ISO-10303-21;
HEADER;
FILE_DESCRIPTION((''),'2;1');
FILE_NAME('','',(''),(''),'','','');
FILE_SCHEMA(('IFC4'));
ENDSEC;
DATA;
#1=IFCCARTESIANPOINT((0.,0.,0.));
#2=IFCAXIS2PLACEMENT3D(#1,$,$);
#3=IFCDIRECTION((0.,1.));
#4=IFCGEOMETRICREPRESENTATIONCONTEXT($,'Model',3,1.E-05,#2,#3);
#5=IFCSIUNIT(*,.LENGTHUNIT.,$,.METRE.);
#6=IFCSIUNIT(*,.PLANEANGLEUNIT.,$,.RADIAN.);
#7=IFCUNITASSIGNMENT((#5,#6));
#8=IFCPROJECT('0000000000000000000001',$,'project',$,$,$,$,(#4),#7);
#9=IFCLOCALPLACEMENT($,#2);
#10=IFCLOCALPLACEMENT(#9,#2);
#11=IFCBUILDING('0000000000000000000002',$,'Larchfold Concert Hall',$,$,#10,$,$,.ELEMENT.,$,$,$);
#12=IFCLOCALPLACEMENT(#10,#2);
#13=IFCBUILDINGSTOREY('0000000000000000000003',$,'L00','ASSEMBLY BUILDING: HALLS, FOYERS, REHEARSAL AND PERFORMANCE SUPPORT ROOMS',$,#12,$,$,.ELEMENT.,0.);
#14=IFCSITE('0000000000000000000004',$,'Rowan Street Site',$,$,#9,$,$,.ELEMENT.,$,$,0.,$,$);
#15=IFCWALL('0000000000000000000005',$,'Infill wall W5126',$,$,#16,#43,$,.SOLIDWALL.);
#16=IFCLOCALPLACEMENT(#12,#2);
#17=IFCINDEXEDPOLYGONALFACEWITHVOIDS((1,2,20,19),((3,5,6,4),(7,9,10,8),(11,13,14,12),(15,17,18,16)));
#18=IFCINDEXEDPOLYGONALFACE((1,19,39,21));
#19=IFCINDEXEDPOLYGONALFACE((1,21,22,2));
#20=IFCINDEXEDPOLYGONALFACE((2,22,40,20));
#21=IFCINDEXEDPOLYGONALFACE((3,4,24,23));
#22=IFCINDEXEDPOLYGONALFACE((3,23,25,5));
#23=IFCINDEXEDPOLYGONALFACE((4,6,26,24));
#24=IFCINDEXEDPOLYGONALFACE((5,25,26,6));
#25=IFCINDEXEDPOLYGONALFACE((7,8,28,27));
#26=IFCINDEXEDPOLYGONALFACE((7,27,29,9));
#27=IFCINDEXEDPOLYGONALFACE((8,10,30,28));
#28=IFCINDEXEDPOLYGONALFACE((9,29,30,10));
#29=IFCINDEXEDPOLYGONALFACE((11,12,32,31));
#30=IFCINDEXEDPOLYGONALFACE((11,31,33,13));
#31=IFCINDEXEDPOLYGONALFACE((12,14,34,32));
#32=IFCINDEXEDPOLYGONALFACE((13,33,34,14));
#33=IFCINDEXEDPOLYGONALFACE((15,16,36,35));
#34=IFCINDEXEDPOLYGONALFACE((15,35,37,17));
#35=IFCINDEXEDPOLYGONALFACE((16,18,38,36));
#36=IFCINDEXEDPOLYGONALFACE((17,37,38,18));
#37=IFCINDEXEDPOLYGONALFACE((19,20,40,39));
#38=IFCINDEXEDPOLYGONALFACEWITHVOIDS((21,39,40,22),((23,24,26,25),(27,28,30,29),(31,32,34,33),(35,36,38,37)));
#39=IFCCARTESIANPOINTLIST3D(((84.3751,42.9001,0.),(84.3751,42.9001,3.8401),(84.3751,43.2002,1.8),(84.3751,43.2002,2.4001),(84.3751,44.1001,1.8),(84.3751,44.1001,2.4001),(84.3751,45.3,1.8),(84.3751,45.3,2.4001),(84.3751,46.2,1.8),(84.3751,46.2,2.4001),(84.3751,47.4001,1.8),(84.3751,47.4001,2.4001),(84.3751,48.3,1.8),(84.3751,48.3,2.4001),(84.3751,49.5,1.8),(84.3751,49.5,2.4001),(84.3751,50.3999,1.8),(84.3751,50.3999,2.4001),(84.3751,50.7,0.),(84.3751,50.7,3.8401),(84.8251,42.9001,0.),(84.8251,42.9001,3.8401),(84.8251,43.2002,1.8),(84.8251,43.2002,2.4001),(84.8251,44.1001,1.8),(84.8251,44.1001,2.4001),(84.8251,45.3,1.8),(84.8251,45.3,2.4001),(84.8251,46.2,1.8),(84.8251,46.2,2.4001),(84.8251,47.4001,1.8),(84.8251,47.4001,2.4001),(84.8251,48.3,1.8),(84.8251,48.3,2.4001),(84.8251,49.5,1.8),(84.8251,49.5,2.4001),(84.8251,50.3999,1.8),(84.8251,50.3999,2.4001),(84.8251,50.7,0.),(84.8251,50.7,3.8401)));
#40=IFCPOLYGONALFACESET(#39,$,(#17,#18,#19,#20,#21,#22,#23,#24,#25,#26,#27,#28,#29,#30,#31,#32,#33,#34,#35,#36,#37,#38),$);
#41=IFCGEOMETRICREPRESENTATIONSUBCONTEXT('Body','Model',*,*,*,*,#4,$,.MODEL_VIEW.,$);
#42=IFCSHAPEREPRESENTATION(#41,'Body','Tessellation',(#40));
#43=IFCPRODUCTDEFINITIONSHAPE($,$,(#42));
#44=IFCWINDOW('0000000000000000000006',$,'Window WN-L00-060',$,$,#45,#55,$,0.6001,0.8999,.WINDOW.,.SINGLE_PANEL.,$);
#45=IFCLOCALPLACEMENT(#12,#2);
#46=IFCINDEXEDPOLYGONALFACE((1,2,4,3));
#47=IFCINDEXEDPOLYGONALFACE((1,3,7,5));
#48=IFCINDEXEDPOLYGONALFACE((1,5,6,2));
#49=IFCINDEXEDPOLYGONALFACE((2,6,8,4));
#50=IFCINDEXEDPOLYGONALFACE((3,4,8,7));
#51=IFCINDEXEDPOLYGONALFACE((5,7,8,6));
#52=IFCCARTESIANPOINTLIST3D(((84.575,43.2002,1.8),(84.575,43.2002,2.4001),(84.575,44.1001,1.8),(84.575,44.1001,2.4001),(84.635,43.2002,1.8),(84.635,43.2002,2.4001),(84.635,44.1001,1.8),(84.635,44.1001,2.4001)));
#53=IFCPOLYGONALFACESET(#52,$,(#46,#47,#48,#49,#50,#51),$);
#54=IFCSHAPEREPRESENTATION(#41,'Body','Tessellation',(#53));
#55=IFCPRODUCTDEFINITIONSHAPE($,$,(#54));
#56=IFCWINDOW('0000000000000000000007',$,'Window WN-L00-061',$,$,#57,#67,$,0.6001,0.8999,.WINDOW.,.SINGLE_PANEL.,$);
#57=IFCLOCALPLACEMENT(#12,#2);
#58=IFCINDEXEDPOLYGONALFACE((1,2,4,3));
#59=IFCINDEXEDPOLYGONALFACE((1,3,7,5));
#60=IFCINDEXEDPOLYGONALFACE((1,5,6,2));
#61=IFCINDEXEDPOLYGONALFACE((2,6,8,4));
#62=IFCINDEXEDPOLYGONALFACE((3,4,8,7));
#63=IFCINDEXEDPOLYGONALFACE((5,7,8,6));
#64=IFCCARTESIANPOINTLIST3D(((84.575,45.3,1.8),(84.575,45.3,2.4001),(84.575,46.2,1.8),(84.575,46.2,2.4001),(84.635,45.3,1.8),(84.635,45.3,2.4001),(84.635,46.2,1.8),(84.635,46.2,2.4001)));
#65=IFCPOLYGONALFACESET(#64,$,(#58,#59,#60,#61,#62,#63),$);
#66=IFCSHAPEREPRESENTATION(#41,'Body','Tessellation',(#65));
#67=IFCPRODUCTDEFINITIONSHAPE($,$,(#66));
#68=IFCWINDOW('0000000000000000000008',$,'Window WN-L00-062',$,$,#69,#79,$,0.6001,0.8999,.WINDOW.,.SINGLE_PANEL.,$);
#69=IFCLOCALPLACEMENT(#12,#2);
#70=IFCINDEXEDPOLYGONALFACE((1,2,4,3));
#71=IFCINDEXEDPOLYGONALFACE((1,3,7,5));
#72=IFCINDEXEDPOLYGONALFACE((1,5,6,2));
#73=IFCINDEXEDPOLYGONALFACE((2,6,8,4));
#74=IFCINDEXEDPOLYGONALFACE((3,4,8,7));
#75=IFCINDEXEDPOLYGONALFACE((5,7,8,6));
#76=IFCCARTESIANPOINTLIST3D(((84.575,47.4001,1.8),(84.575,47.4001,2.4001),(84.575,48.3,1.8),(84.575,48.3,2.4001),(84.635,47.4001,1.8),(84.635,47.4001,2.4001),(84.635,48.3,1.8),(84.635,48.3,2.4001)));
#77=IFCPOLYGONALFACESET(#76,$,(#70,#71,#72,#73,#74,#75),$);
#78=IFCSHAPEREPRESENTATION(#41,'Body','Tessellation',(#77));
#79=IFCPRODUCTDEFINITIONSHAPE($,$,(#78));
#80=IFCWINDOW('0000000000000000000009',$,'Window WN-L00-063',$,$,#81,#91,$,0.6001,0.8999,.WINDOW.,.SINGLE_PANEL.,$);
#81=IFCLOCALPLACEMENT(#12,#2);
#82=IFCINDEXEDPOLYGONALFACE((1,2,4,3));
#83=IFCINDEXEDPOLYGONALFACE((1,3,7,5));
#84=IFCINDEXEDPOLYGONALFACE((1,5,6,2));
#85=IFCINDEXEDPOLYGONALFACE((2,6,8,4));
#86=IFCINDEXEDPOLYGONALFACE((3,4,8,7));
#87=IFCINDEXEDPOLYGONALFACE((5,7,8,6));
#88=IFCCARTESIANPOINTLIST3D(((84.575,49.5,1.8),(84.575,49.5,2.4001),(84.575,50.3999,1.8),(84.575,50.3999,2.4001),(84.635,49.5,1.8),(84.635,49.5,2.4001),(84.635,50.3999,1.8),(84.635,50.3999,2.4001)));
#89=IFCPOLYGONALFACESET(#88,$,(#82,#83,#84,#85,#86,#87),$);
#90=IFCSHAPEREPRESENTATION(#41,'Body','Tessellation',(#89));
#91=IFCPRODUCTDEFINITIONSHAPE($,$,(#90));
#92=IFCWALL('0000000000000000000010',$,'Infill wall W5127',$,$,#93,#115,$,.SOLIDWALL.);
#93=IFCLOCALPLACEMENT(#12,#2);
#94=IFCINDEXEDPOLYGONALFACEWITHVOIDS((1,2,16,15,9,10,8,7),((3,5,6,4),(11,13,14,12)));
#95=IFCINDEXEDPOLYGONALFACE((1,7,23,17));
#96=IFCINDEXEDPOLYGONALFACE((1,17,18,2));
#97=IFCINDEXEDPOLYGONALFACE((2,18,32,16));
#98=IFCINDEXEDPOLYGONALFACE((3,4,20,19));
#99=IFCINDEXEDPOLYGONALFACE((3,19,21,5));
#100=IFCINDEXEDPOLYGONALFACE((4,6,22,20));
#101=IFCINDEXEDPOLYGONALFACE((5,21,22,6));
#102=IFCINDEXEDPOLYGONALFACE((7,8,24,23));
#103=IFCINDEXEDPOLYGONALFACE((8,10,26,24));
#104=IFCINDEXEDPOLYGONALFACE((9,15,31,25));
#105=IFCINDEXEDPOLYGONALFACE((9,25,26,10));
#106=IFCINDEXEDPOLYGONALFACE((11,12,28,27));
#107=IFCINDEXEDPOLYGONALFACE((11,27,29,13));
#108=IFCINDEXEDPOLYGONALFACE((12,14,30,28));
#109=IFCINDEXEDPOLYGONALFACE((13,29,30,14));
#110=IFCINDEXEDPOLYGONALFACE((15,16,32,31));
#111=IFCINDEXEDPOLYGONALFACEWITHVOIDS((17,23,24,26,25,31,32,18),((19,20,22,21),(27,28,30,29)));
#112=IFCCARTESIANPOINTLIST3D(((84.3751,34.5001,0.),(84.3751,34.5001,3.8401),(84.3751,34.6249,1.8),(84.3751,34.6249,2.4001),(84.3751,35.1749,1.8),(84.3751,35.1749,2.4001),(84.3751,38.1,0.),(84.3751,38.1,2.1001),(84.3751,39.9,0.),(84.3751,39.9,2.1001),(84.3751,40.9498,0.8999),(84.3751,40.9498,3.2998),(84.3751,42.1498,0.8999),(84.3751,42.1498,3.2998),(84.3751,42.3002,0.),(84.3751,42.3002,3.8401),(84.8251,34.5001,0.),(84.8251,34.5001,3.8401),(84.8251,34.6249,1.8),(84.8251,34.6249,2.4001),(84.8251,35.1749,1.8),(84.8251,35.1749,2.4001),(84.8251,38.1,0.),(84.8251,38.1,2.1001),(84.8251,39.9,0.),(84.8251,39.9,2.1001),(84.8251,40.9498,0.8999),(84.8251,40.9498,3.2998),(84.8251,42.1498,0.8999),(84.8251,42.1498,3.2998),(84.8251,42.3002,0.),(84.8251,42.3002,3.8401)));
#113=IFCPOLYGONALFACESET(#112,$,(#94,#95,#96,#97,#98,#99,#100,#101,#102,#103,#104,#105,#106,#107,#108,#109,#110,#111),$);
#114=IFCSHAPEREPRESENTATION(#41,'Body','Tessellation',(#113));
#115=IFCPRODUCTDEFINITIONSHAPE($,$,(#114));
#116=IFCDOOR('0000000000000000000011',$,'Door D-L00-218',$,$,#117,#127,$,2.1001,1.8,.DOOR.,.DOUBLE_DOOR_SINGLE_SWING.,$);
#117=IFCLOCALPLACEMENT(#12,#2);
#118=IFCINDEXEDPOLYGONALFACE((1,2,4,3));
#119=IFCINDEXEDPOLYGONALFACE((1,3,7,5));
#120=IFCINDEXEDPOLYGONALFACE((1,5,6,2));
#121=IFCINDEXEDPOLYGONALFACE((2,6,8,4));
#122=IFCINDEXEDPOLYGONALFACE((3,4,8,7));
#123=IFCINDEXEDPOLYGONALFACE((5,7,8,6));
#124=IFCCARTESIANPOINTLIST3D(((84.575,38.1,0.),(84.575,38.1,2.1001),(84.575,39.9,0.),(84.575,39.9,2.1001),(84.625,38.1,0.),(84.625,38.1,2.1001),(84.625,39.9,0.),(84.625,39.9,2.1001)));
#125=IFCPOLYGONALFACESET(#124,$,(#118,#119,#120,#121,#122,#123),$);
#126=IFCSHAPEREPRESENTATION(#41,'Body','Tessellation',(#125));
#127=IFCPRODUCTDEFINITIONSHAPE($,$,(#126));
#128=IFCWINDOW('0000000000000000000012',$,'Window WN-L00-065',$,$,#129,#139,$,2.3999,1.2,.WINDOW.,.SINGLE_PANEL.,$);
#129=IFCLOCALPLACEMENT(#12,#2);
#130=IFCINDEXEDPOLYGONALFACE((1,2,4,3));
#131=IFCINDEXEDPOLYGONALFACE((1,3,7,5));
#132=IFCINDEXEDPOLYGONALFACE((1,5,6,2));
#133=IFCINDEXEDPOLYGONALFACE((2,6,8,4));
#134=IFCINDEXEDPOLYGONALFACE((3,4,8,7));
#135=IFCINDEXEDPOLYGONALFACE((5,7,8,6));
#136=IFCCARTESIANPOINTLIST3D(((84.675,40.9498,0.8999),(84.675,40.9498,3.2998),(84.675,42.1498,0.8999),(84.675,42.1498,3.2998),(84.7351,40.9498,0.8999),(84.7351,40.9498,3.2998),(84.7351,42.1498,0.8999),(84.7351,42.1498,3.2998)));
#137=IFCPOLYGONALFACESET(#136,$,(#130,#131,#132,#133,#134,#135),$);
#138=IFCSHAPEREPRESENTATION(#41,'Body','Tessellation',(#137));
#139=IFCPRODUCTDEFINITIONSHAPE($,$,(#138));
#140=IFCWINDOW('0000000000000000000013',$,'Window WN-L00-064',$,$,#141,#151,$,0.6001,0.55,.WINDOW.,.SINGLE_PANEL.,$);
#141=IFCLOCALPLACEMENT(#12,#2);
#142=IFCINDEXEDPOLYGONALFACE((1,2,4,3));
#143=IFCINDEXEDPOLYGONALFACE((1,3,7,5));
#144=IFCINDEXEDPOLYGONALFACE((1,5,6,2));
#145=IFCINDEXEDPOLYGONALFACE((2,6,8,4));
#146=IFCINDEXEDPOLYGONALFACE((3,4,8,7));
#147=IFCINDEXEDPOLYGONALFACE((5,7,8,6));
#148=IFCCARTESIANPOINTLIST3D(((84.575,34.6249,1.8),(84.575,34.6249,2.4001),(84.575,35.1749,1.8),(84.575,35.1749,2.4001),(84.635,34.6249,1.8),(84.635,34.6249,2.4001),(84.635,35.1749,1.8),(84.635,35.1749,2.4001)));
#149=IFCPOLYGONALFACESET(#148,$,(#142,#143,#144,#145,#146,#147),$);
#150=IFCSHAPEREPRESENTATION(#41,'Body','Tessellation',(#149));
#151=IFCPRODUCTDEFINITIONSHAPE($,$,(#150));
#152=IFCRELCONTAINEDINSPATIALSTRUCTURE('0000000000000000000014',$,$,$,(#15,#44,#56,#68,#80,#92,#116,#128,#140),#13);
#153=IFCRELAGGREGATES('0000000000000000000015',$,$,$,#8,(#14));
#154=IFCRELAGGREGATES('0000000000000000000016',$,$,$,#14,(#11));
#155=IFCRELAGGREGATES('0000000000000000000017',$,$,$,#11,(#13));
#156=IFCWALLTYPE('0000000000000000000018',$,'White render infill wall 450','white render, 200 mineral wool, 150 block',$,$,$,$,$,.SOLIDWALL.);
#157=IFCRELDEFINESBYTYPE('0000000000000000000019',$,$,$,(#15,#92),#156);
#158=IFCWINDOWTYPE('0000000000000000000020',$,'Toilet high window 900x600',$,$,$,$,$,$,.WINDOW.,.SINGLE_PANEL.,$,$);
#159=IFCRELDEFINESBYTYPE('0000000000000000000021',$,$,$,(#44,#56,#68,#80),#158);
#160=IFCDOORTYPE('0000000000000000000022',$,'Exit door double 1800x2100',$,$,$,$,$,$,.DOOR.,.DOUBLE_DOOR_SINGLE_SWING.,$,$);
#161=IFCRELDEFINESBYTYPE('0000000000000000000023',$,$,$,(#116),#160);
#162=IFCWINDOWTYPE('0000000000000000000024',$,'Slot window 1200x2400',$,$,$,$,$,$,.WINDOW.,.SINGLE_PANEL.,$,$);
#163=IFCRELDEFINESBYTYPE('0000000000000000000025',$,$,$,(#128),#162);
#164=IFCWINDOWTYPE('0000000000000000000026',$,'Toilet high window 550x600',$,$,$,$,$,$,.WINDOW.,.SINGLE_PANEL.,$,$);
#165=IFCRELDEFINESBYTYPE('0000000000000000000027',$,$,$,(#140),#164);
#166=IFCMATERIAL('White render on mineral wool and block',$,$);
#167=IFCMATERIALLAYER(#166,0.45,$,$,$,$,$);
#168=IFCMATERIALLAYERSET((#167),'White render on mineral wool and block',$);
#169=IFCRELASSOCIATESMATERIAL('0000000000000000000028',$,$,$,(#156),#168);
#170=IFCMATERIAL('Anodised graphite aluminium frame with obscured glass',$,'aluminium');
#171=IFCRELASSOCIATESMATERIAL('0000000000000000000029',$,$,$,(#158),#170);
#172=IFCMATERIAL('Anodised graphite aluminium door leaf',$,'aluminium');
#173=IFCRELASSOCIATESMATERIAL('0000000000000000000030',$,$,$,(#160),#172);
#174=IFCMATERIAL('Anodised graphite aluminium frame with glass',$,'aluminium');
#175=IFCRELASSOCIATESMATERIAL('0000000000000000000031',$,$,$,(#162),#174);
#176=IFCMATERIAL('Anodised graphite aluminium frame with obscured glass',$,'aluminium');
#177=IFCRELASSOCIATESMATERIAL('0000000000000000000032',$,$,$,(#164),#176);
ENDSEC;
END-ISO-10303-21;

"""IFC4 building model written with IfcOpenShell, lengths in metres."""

from ifc_helpers import new_model, si_unit, direction, frame, frame_2d, origin, place, context, subcontext, project, spatial, rectangle, extrude, material, layer, layer_set, type_object, element, fill, save


model = new_model("IFC4")

# Units and contexts
model_context = context("Model", 3, precision=1e-05, world=origin(), true_north=direction((0.0, 1.0)))
body_context = subcontext(model_context, "Body", "Model", "MODEL_VIEW")
ifc_project = project(units=[si_unit("LENGTHUNIT", "METRE"), si_unit("PLANEANGLEUNIT", "RADIAN")], contexts=[model_context])

# Site, building, storey
site_placement = place(None, origin())
site = spatial("IfcSite", under=ifc_project, at=site_placement, Name="Rowan Street Site", CompositionType="ELEMENT", RefElevation=0.0)
building_placement = place(site_placement, origin())
building = spatial("IfcBuilding", under=site, at=building_placement, Name="Larchfold Concert Hall", CompositionType="ELEMENT")
storey_placement = place(building_placement, origin())
storey = spatial("IfcBuildingStorey", under=building, at=storey_placement, Name="L00", Description="ASSEMBLY BUILDING: HALLS, FOYERS, REHEARSAL AND PERFORMANCE SUPPORT ROOMS", CompositionType="ELEMENT", Elevation=0.0)

# Wall, openings, windows
ifc_material_1 = material(Name="White render on mineral wool and block")
ifc_layer_1 = layer(ifc_material_1, 0.45)
ifc_layer_set_1 = layer_set([ifc_layer_1], Name="White render on mineral wool and block")
wall_type_1 = type_object("IfcWallType", Name="White render infill wall 450", Description="white render, 200 mineral wool, 150 block", PredefinedType="SOLIDWALL", material=ifc_layer_set_1)
wall_1_placement = place(storey_placement, frame((84.6001, 50.7, 0.0), z_axis=(0.0, 0.0, 1.0), x_axis=(0.0, -1.0, 0.0)))
wall_1 = element("IfcWall", 1, at=wall_1_placement, inside=storey, type_object=wall_type_1, Name="Infill wall W5126", PredefinedType="SOLIDWALL", context=body_context, shape_type="SweptSolid", body=[
    extrude(rectangle(XDim=7.7998, YDim=0.45, at=frame_2d((3.8999, 0.0))), origin(), (0.0, 0.0, 1.0), 3.8401),
])
opening_1_placement = place(wall_1_placement, frame((6.5999, 0.0, 1.8)))
opening_1 = element("IfcOpeningElement", 2, at=opening_1_placement, cuts=wall_1, PredefinedType="OPENING", context=body_context, shape_type="SweptSolid", body=[
    extrude(rectangle(XDim=0.8999, YDim=0.6001, at=frame_2d((0.45, 0.3))), frame((0.0, 0.2349, 0.0), z_axis=(0.0, -1.0, 0.0), x_axis=(1.0, 0.0, 0.0)), (0.0, 0.0, 1.0), 0.47),
])
opening_2_placement = place(wall_1_placement, frame((4.5, 0.0, 1.8)))
opening_2 = element("IfcOpeningElement", 3, at=opening_2_placement, cuts=wall_1, PredefinedType="OPENING", context=body_context, shape_type="SweptSolid", body=[
    extrude(rectangle(XDim=0.8999, YDim=0.6001, at=frame_2d((0.45, 0.3))), frame((0.0, 0.2349, 0.0), z_axis=(0.0, -1.0, 0.0), x_axis=(1.0, 0.0, 0.0)), (0.0, 0.0, 1.0), 0.47),
])
opening_3_placement = place(wall_1_placement, frame((2.3999, 0.0, 1.8)))
opening_3 = element("IfcOpeningElement", 4, at=opening_3_placement, cuts=wall_1, PredefinedType="OPENING", context=body_context, shape_type="SweptSolid", body=[
    extrude(rectangle(XDim=0.8999, YDim=0.6001, at=frame_2d((0.45, 0.3))), frame((0.0, 0.2349, 0.0), z_axis=(0.0, -1.0, 0.0), x_axis=(1.0, 0.0, 0.0)), (0.0, 0.0, 1.0), 0.47),
])
opening_4_placement = place(wall_1_placement, frame((0.3, 0.0, 1.8)))
opening_4 = element("IfcOpeningElement", 5, at=opening_4_placement, cuts=wall_1, PredefinedType="OPENING", context=body_context, shape_type="SweptSolid", body=[
    extrude(rectangle(XDim=0.8999, YDim=0.6001, at=frame_2d((0.45, 0.3))), frame((0.0, 0.2349, 0.0), z_axis=(0.0, -1.0, 0.0), x_axis=(1.0, 0.0, 0.0)), (0.0, 0.0, 1.0), 0.47),
])
ifc_material_2 = material(Name="Anodised graphite aluminium frame with obscured glass", Category="aluminium")
window_type_1 = type_object("IfcWindowType", Name="Toilet high window 900x600", PartitioningType="SINGLE_PANEL", PredefinedType="WINDOW", material=ifc_material_2)
window_1_placement = place(opening_1_placement, origin())
window_1 = element("IfcWindow", 6, at=window_1_placement, inside=storey, type_object=window_type_1, Name="Window WN-L00-060", OverallHeight=0.6001, OverallWidth=0.8999, PartitioningType="SINGLE_PANEL", PredefinedType="WINDOW", context=body_context, shape_type="SweptSolid", body=[
    extrude(rectangle(XDim=0.8999, YDim=0.6001, at=frame_2d((0.45, 0.3))), frame((0.0, 0.0349, 0.0), z_axis=(0.0, -1.0, 0.0), x_axis=(1.0, 0.0, 0.0)), (0.0, 0.0, 1.0), 0.0601),
])
fill(opening_1, window_1)
window_2_placement = place(opening_2_placement, origin())
window_2 = element("IfcWindow", 7, at=window_2_placement, inside=storey, type_object=window_type_1, Name="Window WN-L00-061", OverallHeight=0.6001, OverallWidth=0.8999, PartitioningType="SINGLE_PANEL", PredefinedType="WINDOW", context=body_context, shape_type="SweptSolid", body=[
    extrude(rectangle(XDim=0.8999, YDim=0.6001, at=frame_2d((0.45, 0.3))), frame((0.0, 0.0349, 0.0), z_axis=(0.0, -1.0, 0.0), x_axis=(1.0, 0.0, 0.0)), (0.0, 0.0, 1.0), 0.0601),
])
fill(opening_2, window_2)
window_3_placement = place(opening_3_placement, origin())
window_3 = element("IfcWindow", 8, at=window_3_placement, inside=storey, type_object=window_type_1, Name="Window WN-L00-062", OverallHeight=0.6001, OverallWidth=0.8999, PartitioningType="SINGLE_PANEL", PredefinedType="WINDOW", context=body_context, shape_type="SweptSolid", body=[
    extrude(rectangle(XDim=0.8999, YDim=0.6001, at=frame_2d((0.45, 0.3))), frame((0.0, 0.0349, 0.0), z_axis=(0.0, -1.0, 0.0), x_axis=(1.0, 0.0, 0.0)), (0.0, 0.0, 1.0), 0.0601),
])
fill(opening_3, window_3)
window_4_placement = place(opening_4_placement, origin())
window_4 = element("IfcWindow", 9, at=window_4_placement, inside=storey, type_object=window_type_1, Name="Window WN-L00-063", OverallHeight=0.6001, OverallWidth=0.8999, PartitioningType="SINGLE_PANEL", PredefinedType="WINDOW", context=body_context, shape_type="SweptSolid", body=[
    extrude(rectangle(XDim=0.8999, YDim=0.6001, at=frame_2d((0.45, 0.3))), frame((0.0, 0.0349, 0.0), z_axis=(0.0, -1.0, 0.0), x_axis=(1.0, 0.0, 0.0)), (0.0, 0.0, 1.0), 0.0601),
])
fill(opening_4, window_4)

# Wall, openings, door, windows
wall_2_placement = place(storey_placement, frame((84.6001, 42.3, 0.0), z_axis=(0.0, 0.0, 1.0), x_axis=(0.0, -1.0, 0.0)))
wall_2 = element("IfcWall", 10, at=wall_2_placement, inside=storey, type_object=wall_type_1, Name="Infill wall W5127", PredefinedType="SOLIDWALL", context=body_context, shape_type="SweptSolid", body=[
    extrude(rectangle(XDim=7.8, YDim=0.45, at=frame_2d((3.8999, 0.0))), origin(), (0.0, 0.0, 1.0), 3.8401),
])
opening_5_placement = place(wall_2_placement, frame((2.4001, 0.0, 0.0)))
opening_5 = element("IfcOpeningElement", 11, at=opening_5_placement, cuts=wall_2, PredefinedType="OPENING", context=body_context, shape_type="SweptSolid", body=[
    extrude(rectangle(XDim=1.8, YDim=2.1001, at=frame_2d((0.8999, 1.05))), frame((0.0, 0.2349, 0.0), z_axis=(0.0, -1.0, 0.0), x_axis=(1.0, 0.0, 0.0)), (0.0, 0.0, 1.0), 0.47),
])
opening_6_placement = place(wall_2_placement, frame((7.1252, 0.0, 1.8)))
opening_6 = element("IfcOpeningElement", 12, at=opening_6_placement, cuts=wall_2, PredefinedType="OPENING", context=body_context, shape_type="SweptSolid", body=[
    extrude(rectangle(XDim=0.55, YDim=0.6001, at=frame_2d((0.2749, 0.3))), frame((0.0, 0.2349, 0.0), z_axis=(0.0, -1.0, 0.0), x_axis=(1.0, 0.0, 0.0)), (0.0, 0.0, 1.0), 0.47),
])
opening_7_placement = place(wall_2_placement, frame((0.1501, 0.0, 0.8999)))
opening_7 = element("IfcOpeningElement", 13, at=opening_7_placement, cuts=wall_2, PredefinedType="OPENING", context=body_context, shape_type="SweptSolid", body=[
    extrude(rectangle(XDim=1.2, YDim=2.3999, at=frame_2d((0.6001, 1.2))), frame((0.0, 0.2349, 0.0), z_axis=(0.0, -1.0, 0.0), x_axis=(1.0, 0.0, 0.0)), (0.0, 0.0, 1.0), 0.47),
])
ifc_material_3 = material(Name="Anodised graphite aluminium door leaf", Category="aluminium")
door_type = type_object("IfcDoorType", Name="Exit door double 1800x2100", OperationType="DOUBLE_DOOR_SINGLE_SWING", PredefinedType="DOOR", material=ifc_material_3)
door_placement = place(opening_5_placement, origin())
door = element("IfcDoor", 14, at=door_placement, inside=storey, type_object=door_type, Name="Door D-L00-218", OperationType="DOUBLE_DOOR_SINGLE_SWING", OverallHeight=2.1001, OverallWidth=1.8, PredefinedType="DOOR", context=body_context, shape_type="SweptSolid", body=[
    extrude(rectangle(XDim=1.8, YDim=2.1001, at=frame_2d((0.8999, 1.05))), frame((0.0, 0.0249, 0.0), z_axis=(0.0, -1.0, 0.0), x_axis=(1.0, 0.0, 0.0)), (0.0, 0.0, 1.0), 0.05),
])
fill(opening_5, door)
ifc_material_4 = material(Name="Anodised graphite aluminium frame with glass", Category="aluminium")
window_type_2 = type_object("IfcWindowType", Name="Slot window 1200x2400", PartitioningType="SINGLE_PANEL", PredefinedType="WINDOW", material=ifc_material_4)
window_5_placement = place(opening_7_placement, origin())
window_5 = element("IfcWindow", 15, at=window_5_placement, inside=storey, type_object=window_type_2, Name="Window WN-L00-065", OverallHeight=2.3999, OverallWidth=1.2, PartitioningType="SINGLE_PANEL", PredefinedType="WINDOW", context=body_context, shape_type="SweptSolid", body=[
    extrude(rectangle(XDim=1.2, YDim=2.3999, at=frame_2d((0.6001, 1.2))), frame((0.0, 0.135, 0.0), z_axis=(0.0, -1.0, 0.0), x_axis=(1.0, 0.0, 0.0)), (0.0, 0.0, 1.0), 0.0601),
])
fill(opening_7, window_5)
ifc_material_5 = material(Name="Anodised graphite aluminium frame with obscured glass", Category="aluminium")
window_type_3 = type_object("IfcWindowType", Name="Toilet high window 550x600", PartitioningType="SINGLE_PANEL", PredefinedType="WINDOW", material=ifc_material_5)
window_6_placement = place(opening_6_placement, origin())
window_6 = element("IfcWindow", 16, at=window_6_placement, inside=storey, type_object=window_type_3, Name="Window WN-L00-064", OverallHeight=0.6001, OverallWidth=0.55, PartitioningType="SINGLE_PANEL", PredefinedType="WINDOW", context=body_context, shape_type="SweptSolid", body=[
    extrude(rectangle(XDim=0.55, YDim=0.6001, at=frame_2d((0.2749, 0.3))), frame((0.0, 0.0349, 0.0), z_axis=(0.0, -1.0, 0.0), x_axis=(1.0, 0.0, 0.0)), (0.0, 0.0, 1.0), 0.0601),
])
fill(opening_6, window_6)

save(model, "model.ifc")
